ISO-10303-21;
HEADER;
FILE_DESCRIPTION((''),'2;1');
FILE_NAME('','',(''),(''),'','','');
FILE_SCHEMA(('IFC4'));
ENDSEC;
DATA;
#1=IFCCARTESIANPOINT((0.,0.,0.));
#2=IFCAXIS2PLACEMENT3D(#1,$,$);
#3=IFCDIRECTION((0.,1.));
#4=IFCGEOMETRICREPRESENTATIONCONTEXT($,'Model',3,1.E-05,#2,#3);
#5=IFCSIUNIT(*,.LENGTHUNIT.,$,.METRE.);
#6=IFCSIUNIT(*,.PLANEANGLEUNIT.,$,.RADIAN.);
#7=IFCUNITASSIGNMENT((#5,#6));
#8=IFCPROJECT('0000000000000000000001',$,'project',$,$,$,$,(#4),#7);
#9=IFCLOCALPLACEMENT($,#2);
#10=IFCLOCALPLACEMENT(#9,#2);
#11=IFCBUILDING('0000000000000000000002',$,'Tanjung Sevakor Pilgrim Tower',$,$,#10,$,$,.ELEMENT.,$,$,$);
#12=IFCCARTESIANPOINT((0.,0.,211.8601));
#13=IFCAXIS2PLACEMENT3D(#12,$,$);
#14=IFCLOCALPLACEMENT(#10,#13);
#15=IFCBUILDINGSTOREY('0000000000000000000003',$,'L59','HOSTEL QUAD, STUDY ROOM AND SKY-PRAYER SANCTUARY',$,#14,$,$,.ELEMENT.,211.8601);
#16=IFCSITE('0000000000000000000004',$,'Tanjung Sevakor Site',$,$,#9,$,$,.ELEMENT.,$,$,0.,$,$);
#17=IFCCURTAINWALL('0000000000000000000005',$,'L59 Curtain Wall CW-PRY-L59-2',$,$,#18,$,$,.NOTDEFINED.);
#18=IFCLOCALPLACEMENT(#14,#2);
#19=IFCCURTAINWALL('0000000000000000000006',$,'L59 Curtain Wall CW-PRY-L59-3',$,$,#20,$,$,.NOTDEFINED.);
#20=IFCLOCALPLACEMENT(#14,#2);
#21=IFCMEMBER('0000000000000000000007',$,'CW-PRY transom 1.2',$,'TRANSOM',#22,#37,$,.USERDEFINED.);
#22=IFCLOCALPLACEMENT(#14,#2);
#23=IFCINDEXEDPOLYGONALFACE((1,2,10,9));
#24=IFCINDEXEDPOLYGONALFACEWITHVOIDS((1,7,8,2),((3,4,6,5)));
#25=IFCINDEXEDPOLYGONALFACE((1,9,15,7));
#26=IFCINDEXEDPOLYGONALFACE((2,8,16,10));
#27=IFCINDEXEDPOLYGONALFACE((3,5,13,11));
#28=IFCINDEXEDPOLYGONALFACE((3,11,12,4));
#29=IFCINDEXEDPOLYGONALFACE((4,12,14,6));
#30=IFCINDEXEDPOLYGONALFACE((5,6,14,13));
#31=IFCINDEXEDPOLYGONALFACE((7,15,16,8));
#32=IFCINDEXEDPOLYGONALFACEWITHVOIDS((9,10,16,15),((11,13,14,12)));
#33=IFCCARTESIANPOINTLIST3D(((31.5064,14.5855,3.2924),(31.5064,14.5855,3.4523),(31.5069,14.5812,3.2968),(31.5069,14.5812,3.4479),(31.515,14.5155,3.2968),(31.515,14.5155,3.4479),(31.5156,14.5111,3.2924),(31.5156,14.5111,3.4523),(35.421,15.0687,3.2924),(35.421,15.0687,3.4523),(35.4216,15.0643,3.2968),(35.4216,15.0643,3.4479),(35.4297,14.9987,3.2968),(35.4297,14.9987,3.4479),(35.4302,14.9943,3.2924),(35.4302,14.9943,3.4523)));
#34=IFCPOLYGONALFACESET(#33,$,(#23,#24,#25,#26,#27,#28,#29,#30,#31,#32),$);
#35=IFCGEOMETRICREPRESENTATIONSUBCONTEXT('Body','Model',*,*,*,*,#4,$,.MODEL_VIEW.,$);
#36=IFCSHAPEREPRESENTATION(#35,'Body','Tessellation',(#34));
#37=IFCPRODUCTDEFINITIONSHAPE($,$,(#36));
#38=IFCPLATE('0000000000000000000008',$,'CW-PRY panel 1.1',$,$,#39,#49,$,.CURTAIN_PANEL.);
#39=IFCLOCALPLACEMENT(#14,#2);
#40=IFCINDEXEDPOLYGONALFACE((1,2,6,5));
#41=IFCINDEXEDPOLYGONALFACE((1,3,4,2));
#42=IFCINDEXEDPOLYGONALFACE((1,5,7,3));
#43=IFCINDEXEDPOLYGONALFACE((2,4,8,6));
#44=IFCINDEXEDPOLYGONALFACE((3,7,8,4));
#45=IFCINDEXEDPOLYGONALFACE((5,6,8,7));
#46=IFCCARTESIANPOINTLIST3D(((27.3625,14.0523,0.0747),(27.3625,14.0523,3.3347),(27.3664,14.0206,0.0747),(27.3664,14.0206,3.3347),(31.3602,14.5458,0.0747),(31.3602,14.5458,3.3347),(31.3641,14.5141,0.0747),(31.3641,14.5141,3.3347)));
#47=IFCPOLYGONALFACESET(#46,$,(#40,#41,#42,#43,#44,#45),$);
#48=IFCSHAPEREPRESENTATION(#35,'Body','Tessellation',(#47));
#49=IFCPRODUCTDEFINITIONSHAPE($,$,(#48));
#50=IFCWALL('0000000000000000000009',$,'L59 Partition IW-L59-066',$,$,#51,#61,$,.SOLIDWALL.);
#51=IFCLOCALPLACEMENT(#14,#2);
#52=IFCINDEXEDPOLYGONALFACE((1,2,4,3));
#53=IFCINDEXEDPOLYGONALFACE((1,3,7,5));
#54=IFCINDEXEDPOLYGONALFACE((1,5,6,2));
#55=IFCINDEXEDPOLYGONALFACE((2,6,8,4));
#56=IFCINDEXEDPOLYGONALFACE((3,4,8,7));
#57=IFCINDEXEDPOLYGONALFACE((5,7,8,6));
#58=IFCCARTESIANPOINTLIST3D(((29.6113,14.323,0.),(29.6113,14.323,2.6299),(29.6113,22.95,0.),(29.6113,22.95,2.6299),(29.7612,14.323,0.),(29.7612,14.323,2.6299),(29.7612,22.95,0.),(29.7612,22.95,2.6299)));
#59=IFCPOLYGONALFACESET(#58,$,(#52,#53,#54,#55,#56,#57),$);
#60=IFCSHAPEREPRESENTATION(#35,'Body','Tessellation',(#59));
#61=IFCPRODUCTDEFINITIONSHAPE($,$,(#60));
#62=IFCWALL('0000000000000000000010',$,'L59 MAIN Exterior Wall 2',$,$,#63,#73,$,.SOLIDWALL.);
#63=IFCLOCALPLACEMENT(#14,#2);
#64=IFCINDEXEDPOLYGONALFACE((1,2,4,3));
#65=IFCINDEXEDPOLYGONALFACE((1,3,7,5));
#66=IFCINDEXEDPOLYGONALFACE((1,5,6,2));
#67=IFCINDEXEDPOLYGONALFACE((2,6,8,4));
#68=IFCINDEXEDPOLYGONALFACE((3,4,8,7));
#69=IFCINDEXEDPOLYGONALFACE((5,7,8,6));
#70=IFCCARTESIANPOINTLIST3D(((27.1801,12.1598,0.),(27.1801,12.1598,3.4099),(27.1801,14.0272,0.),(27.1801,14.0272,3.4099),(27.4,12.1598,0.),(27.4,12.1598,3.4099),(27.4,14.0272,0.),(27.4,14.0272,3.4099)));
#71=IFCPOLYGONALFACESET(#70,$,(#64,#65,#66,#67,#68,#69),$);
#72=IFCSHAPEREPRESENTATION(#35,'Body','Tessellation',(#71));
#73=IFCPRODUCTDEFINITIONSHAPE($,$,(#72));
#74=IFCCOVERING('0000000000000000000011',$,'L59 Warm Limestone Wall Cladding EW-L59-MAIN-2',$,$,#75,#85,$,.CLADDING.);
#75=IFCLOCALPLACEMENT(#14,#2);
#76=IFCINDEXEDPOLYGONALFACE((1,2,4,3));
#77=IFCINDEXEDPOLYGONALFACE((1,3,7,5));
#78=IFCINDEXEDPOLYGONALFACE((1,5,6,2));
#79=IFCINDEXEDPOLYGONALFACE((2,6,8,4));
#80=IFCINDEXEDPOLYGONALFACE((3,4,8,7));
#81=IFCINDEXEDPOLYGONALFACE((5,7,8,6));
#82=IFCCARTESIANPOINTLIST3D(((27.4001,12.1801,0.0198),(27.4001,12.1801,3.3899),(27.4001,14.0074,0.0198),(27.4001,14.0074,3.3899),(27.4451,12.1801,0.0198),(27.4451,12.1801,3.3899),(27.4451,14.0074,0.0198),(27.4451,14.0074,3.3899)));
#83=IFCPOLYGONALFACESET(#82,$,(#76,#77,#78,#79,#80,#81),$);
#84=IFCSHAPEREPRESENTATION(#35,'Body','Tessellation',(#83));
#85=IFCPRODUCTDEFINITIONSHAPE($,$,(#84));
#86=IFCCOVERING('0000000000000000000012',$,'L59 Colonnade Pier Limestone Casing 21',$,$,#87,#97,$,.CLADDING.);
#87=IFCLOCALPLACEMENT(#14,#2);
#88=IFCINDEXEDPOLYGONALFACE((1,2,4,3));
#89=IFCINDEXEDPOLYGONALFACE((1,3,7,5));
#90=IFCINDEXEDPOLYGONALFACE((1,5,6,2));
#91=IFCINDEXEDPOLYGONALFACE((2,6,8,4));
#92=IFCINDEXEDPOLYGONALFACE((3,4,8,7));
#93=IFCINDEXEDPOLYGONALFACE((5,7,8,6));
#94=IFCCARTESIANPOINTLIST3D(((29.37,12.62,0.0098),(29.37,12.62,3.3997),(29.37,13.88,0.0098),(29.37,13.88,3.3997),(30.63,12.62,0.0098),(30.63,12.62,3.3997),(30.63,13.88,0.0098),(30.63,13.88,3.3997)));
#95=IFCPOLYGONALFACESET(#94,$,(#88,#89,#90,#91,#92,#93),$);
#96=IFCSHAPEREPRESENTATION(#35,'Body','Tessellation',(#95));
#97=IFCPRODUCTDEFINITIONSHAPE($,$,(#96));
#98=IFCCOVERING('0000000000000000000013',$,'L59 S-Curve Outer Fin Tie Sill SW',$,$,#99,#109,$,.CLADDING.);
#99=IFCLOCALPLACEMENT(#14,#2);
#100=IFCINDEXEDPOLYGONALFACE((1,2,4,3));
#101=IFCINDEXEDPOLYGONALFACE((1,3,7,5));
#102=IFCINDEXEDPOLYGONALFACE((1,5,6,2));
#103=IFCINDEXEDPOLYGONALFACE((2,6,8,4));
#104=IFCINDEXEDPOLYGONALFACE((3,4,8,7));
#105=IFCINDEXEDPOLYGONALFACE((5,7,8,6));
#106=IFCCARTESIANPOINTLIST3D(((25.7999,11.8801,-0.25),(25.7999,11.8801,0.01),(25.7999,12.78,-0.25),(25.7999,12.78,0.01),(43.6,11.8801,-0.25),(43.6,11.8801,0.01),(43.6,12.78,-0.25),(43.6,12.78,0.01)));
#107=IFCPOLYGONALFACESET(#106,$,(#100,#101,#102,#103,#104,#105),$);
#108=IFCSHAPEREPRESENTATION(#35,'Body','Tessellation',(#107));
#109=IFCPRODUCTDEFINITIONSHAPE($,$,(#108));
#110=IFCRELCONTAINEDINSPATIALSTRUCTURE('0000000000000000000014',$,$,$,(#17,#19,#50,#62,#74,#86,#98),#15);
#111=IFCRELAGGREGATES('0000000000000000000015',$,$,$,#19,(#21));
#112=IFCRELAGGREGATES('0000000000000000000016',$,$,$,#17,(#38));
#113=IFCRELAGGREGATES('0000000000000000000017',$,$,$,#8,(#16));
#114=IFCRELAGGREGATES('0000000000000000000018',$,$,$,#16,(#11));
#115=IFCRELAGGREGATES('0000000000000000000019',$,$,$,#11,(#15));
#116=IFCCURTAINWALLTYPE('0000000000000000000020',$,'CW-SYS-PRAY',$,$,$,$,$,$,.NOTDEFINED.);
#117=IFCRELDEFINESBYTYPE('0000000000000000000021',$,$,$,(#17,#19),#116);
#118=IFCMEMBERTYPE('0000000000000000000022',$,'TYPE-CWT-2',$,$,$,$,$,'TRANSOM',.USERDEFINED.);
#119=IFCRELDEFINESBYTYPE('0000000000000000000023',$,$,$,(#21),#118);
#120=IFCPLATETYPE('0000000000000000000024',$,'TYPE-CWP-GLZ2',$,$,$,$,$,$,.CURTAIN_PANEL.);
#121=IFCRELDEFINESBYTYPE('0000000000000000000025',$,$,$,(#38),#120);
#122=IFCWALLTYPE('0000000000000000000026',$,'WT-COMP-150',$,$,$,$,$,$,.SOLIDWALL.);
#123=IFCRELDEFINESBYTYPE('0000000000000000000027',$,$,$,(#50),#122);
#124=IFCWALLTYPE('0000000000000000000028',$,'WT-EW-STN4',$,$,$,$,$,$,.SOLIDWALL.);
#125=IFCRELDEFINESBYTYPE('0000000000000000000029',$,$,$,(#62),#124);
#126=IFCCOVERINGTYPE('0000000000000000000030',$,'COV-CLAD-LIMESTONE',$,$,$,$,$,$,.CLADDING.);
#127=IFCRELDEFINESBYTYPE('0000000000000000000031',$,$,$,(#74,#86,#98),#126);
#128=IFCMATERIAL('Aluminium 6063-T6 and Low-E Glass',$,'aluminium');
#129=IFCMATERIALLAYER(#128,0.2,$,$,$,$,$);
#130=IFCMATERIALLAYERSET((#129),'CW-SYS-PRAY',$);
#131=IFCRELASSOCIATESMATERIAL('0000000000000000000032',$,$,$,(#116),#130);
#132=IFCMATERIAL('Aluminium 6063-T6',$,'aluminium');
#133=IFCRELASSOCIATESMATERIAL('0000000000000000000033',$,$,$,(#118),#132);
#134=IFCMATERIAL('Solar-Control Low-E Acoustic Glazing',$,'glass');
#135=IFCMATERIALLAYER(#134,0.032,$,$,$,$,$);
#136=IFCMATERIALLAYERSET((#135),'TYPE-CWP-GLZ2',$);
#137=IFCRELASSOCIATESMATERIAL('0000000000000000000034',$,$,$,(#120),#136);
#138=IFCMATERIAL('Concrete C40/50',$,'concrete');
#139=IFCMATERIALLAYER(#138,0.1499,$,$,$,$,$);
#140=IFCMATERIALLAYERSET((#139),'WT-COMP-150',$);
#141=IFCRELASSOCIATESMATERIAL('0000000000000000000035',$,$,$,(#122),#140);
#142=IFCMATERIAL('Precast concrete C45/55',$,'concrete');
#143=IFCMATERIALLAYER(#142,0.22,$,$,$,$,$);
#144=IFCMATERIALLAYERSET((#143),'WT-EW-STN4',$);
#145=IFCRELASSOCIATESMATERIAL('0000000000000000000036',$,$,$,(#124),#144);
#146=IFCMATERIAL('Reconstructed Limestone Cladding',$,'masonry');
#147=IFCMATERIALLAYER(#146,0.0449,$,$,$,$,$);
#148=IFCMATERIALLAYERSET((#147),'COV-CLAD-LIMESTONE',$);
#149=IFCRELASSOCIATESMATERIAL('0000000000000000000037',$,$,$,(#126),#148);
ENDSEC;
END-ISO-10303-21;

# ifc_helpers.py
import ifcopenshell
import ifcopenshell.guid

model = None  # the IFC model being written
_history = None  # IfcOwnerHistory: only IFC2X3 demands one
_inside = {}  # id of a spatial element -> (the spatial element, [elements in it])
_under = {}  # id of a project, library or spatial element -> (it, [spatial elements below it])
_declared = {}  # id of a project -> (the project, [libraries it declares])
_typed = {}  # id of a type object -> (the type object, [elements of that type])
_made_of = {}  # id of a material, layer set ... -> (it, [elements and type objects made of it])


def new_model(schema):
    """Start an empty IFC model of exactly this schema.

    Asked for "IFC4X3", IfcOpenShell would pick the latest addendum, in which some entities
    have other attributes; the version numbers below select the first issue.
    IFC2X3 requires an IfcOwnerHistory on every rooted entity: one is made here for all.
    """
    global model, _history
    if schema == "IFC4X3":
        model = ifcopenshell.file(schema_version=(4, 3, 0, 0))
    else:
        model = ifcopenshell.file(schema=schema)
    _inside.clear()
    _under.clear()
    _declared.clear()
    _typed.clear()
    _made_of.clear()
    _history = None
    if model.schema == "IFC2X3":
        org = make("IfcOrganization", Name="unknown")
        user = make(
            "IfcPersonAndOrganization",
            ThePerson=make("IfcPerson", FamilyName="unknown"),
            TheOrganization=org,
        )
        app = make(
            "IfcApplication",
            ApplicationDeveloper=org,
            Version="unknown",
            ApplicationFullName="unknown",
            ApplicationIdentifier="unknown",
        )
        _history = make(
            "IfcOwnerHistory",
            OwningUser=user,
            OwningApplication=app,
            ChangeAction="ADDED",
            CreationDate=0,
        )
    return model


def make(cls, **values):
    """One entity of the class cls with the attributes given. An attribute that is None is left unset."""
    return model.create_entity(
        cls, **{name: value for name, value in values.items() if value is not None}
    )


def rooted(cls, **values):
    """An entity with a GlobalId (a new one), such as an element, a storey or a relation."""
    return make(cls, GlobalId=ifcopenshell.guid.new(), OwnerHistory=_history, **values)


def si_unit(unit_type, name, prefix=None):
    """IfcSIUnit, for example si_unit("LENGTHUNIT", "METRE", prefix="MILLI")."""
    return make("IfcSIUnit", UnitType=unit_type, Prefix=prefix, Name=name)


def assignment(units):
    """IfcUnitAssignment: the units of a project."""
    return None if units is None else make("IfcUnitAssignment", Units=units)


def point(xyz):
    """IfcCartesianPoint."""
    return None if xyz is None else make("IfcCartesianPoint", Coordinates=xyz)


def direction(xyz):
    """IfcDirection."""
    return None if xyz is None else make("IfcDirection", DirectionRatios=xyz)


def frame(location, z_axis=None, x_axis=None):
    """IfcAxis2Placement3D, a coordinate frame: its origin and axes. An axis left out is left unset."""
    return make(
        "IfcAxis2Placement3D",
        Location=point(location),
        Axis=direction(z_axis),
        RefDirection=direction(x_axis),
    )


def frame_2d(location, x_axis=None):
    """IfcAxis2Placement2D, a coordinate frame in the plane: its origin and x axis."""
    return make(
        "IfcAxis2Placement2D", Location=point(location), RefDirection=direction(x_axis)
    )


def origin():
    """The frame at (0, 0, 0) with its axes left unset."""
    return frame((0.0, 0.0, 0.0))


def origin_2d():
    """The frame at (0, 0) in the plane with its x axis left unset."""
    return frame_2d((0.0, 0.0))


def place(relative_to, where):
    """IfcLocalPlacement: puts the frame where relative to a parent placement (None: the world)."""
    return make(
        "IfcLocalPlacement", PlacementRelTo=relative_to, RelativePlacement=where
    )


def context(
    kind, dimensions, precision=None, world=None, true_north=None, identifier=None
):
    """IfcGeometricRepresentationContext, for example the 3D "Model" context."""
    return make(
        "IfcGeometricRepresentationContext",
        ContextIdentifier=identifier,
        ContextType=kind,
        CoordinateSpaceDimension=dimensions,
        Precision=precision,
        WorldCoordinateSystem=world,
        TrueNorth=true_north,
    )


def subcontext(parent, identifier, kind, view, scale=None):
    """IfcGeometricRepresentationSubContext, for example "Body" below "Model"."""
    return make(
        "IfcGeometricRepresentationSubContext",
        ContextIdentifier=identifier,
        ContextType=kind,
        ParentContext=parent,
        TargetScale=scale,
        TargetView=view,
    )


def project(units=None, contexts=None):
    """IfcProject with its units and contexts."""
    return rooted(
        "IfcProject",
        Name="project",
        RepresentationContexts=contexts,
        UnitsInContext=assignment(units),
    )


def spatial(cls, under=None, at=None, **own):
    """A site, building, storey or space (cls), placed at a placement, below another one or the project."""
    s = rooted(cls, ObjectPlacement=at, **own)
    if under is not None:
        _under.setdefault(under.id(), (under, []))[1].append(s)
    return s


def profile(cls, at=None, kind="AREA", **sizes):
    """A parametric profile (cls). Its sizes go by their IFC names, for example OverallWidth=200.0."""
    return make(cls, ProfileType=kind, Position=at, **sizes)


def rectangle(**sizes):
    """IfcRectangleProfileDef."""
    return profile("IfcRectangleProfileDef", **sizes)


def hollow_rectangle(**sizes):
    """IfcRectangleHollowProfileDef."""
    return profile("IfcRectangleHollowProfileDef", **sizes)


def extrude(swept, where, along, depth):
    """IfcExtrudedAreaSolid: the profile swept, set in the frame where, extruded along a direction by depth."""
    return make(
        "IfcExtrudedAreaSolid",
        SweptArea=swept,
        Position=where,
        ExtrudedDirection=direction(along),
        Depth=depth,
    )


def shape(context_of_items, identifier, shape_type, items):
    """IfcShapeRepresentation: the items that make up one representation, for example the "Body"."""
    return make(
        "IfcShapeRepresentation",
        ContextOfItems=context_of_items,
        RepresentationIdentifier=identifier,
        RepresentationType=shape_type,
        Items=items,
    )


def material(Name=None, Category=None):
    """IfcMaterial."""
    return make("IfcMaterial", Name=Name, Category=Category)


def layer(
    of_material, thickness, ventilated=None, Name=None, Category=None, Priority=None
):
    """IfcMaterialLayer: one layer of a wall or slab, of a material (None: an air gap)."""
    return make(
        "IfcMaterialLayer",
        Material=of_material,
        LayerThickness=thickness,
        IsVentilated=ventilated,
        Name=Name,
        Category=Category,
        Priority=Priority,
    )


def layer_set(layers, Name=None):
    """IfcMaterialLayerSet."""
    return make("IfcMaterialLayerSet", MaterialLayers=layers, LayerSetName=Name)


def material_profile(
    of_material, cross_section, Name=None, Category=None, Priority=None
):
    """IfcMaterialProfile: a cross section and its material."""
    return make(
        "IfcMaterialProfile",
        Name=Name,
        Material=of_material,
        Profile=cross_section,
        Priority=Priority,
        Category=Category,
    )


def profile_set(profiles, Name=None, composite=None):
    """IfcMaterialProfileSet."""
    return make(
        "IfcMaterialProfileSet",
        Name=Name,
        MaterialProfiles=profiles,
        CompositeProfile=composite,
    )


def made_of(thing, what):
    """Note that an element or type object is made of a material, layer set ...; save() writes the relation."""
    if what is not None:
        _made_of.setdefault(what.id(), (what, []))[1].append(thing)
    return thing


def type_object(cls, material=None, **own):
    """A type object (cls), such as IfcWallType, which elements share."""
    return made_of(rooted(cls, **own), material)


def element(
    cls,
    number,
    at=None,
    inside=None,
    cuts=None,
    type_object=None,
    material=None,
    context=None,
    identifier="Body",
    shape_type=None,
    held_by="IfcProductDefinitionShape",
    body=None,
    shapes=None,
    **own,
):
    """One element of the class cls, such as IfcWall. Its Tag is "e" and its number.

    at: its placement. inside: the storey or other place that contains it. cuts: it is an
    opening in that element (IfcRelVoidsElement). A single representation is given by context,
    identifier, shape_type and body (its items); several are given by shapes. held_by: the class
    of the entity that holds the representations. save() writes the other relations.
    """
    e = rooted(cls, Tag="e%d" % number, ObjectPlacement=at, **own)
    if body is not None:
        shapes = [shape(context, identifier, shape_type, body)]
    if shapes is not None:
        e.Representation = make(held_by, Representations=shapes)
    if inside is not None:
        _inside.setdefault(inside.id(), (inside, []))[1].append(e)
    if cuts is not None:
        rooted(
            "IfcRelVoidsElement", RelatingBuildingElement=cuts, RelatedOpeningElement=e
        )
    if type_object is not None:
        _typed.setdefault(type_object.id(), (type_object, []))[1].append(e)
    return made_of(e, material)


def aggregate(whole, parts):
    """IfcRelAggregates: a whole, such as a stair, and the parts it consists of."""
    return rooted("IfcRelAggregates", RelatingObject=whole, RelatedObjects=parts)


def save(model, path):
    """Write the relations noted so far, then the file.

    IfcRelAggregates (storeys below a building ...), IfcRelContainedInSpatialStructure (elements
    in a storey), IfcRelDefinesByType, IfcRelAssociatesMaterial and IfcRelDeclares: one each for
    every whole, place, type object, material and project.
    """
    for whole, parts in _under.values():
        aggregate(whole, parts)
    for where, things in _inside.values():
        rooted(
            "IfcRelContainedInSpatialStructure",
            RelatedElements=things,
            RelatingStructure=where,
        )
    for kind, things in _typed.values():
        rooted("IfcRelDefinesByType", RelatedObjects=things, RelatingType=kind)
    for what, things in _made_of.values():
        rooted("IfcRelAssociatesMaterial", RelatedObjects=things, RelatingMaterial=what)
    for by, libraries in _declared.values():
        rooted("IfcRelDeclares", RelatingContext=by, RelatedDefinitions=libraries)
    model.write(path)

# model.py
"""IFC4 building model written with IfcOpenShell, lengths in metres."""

from ifc_helpers import new_model, si_unit, direction, frame, frame_2d, origin, origin_2d, place, context, subcontext, project, spatial, rectangle, hollow_rectangle, extrude, material, layer, layer_set, material_profile, profile_set, type_object, element, aggregate, save


model = new_model("IFC4")

# Units and contexts
model_context = context("Model", 3, precision=1e-05, world=origin(), true_north=direction((0.0, 1.0)))
body_context = subcontext(model_context, "Body", "Model", "MODEL_VIEW")
ifc_project = project(units=[si_unit("LENGTHUNIT", "METRE"), si_unit("PLANEANGLEUNIT", "RADIAN")], contexts=[model_context])

# Site, building, storey
site_placement = place(None, origin())
site = spatial("IfcSite", under=ifc_project, at=site_placement, Name="Tanjung Sevakor Site", CompositionType="ELEMENT", RefElevation=0.0)
building_placement = place(site_placement, origin())
building = spatial("IfcBuilding", under=site, at=building_placement, Name="Tanjung Sevakor Pilgrim Tower", CompositionType="ELEMENT")
storey_placement = place(building_placement, frame((0.0, 0.0, 211.8601)))
storey = spatial("IfcBuildingStorey", under=building, at=storey_placement, Name="L59", Description="HOSTEL QUAD, STUDY ROOM AND SKY-PRAYER SANCTUARY", CompositionType="ELEMENT", Elevation=211.8601)

# Curtain wall
ifc_material_1 = material(Name="Aluminium 6063-T6 and Low-E Glass", Category="aluminium")
ifc_layer_1 = layer(ifc_material_1, 0.2)
ifc_layer_set_1 = layer_set([ifc_layer_1], Name="CW-SYS-PRAY")
curtain_wall_type = type_object("IfcCurtainWallType", Name="CW-SYS-PRAY", PredefinedType="NOTDEFINED", material=ifc_layer_set_1)
curtain_wall_1_placement = place(storey_placement, origin())
curtain_wall_1 = element("IfcCurtainWall", 1, at=curtain_wall_1_placement, inside=storey, type_object=curtain_wall_type, Name="L59 Curtain Wall CW-PRY-L59-2", PredefinedType="NOTDEFINED")

# Curtain wall
curtain_wall_2_placement = place(storey_placement, origin())
curtain_wall_2 = element("IfcCurtainWall", 2, at=curtain_wall_2_placement, inside=storey, type_object=curtain_wall_type, Name="L59 Curtain Wall CW-PRY-L59-3", PredefinedType="NOTDEFINED")

# Member
ifc_material_2 = material(Name="Aluminium 6063-T6", Category="aluminium")
ifc_material_profile_1 = material_profile(ifc_material_2, hollow_rectangle(XDim=0.075, YDim=0.1599, WallThickness=0.0044, at=origin_2d()))
ifc_profile_set_1 = profile_set([ifc_material_profile_1], Name="Aluminium 6063-T6")
member_type_1 = type_object("IfcMemberType", Name="TYPE-CWT-2", ElementType="TRANSOM", PredefinedType="USERDEFINED", material=ifc_profile_set_1)
member_1_placement = place(storey_placement, frame((31.511, 14.5483, 3.3723), z_axis=(0.992469, 0.122496, 0.0), x_axis=(-0.122496, 0.992469, 0.0)))
member_1 = element("IfcMember", 3, at=member_1_placement, type_object=member_type_1, Name="CW-PRY transom 1.2", ObjectType="TRANSOM", PredefinedType="USERDEFINED", context=body_context, shape_type="SweptSolid", body=[
    extrude(hollow_rectangle(XDim=0.075, YDim=0.1599, WallThickness=0.0044, at=origin_2d()), origin(), (0.0, 0.0, 1.0), 3.9443),
])
aggregate(curtain_wall_2, [member_1])

# Plate
ifc_material_3 = material(Name="Solar-Control Low-E Acoustic Glazing", Category="glass")
ifc_layer_2 = layer(ifc_material_3, 0.032)
ifc_layer_set_2 = layer_set([ifc_layer_2], Name="TYPE-CWP-GLZ2")
plate_type = type_object("IfcPlateType", Name="TYPE-CWP-GLZ2", PredefinedType="CURTAIN_PANEL", material=ifc_layer_set_2)
plate_placement = place(storey_placement, frame((29.3633, 14.2832, 0.0747), z_axis=(0.0, 0.0, 1.0), x_axis=(0.992466, 0.122523, 0.0)))
plate = element("IfcPlate", 4, at=plate_placement, type_object=plate_type, Name="CW-PRY panel 1.1", PredefinedType="CURTAIN_PANEL", context=body_context, shape_type="SweptSolid", body=[
    extrude(rectangle(XDim=4.0281, YDim=0.032, at=origin_2d()), origin(), (0.0, 0.0, 1.0), 3.26),
])
aggregate(curtain_wall_1, [plate])

# Walls
ifc_material_4 = material(Name="Concrete C40/50", Category="concrete")
ifc_layer_3 = layer(ifc_material_4, 0.1499)
ifc_layer_set_3 = layer_set([ifc_layer_3], Name="WT-COMP-150")
wall_type_1 = type_object("IfcWallType", Name="WT-COMP-150", PredefinedType="SOLIDWALL", material=ifc_layer_set_3)
wall_1_placement = place(storey_placement, frame((29.6863, 14.323, 0.0), z_axis=(0.0, 0.0, 1.0), x_axis=(0.0, 1.0, 0.0)))
element("IfcWall", 5, at=wall_1_placement, inside=storey, type_object=wall_type_1, Name="L59 Partition IW-L59-066", PredefinedType="SOLIDWALL", context=body_context, shape_type="SweptSolid", body=[
    extrude(rectangle(XDim=8.627, YDim=0.1499, at=frame_2d((4.3135, 0.0))), origin(), (0.0, 0.0, 1.0), 2.6299),
])
ifc_material_5 = material(Name="Precast concrete C45/55", Category="concrete")
ifc_layer_4 = layer(ifc_material_5, 0.22)
ifc_layer_set_4 = layer_set([ifc_layer_4], Name="WT-EW-STN4")
wall_type_2 = type_object("IfcWallType", Name="WT-EW-STN4", PredefinedType="SOLIDWALL", material=ifc_layer_set_4)
wall_2_placement = place(storey_placement, frame((27.29, 12.1599, 0.0), z_axis=(0.0, 0.0, 1.0), x_axis=(0.0, 1.0, 0.0)))
element("IfcWall", 6, at=wall_2_placement, inside=storey, type_object=wall_type_2, Name="L59 MAIN Exterior Wall 2", PredefinedType="SOLIDWALL", context=body_context, shape_type="SweptSolid", body=[
    extrude(rectangle(XDim=1.8674, YDim=0.22, at=frame_2d((0.9336, 0.0))), origin(), (0.0, 0.0, 1.0), 3.4099),
])

# Coverings
ifc_material_6 = material(Name="Reconstructed Limestone Cladding", Category="masonry")
ifc_layer_5 = layer(ifc_material_6, 0.0449)
ifc_layer_set_5 = layer_set([ifc_layer_5], Name="COV-CLAD-LIMESTONE")
covering_type = type_object("IfcCoveringType", Name="COV-CLAD-LIMESTONE", PredefinedType="CLADDING", material=ifc_layer_set_5)
covering_1_placement = place(storey_placement, frame((27.4226, 13.0938, 0.0198), z_axis=(0.0, 0.0, 1.0), x_axis=(0.0, 1.0, 0.0)))
element("IfcCovering", 7, at=covering_1_placement, inside=storey, type_object=covering_type, Name="L59 Warm Limestone Wall Cladding EW-L59-MAIN-2", PredefinedType="CLADDING", context=body_context, shape_type="SweptSolid", body=[
    extrude(rectangle(XDim=1.8274, YDim=0.0449, at=origin_2d()), origin(), (0.0, 0.0, 1.0), 3.3701),
])
covering_2_placement = place(storey_placement, frame((30.0, 13.25, 0.0098), z_axis=(0.0, 0.0, 1.0), x_axis=(1.0, 0.0, 0.0)))
element("IfcCovering", 8, at=covering_2_placement, inside=storey, type_object=covering_type, Name="L59 Colonnade Pier Limestone Casing 21", PredefinedType="CLADDING", context=body_context, shape_type="SweptSolid", body=[
    extrude(rectangle(XDim=1.26, YDim=1.26, at=origin_2d()), origin(), (0.0, 0.0, 1.0), 3.3899),
])
covering_3_placement = place(storey_placement, frame((34.7, 12.3301, -0.25), z_axis=(0.0, 0.0, 1.0), x_axis=(1.0, 0.0, 0.0)))
element("IfcCovering", 9, at=covering_3_placement, inside=storey, type_object=covering_type, Name="L59 S-Curve Outer Fin Tie Sill SW", PredefinedType="CLADDING", context=body_context, shape_type="SweptSolid", body=[
    extrude(rectangle(XDim=17.8, YDim=0.8999, at=origin_2d()), origin(), (0.0, 0.0, 1.0), 0.26),
])

save(model, "model.ifc")
